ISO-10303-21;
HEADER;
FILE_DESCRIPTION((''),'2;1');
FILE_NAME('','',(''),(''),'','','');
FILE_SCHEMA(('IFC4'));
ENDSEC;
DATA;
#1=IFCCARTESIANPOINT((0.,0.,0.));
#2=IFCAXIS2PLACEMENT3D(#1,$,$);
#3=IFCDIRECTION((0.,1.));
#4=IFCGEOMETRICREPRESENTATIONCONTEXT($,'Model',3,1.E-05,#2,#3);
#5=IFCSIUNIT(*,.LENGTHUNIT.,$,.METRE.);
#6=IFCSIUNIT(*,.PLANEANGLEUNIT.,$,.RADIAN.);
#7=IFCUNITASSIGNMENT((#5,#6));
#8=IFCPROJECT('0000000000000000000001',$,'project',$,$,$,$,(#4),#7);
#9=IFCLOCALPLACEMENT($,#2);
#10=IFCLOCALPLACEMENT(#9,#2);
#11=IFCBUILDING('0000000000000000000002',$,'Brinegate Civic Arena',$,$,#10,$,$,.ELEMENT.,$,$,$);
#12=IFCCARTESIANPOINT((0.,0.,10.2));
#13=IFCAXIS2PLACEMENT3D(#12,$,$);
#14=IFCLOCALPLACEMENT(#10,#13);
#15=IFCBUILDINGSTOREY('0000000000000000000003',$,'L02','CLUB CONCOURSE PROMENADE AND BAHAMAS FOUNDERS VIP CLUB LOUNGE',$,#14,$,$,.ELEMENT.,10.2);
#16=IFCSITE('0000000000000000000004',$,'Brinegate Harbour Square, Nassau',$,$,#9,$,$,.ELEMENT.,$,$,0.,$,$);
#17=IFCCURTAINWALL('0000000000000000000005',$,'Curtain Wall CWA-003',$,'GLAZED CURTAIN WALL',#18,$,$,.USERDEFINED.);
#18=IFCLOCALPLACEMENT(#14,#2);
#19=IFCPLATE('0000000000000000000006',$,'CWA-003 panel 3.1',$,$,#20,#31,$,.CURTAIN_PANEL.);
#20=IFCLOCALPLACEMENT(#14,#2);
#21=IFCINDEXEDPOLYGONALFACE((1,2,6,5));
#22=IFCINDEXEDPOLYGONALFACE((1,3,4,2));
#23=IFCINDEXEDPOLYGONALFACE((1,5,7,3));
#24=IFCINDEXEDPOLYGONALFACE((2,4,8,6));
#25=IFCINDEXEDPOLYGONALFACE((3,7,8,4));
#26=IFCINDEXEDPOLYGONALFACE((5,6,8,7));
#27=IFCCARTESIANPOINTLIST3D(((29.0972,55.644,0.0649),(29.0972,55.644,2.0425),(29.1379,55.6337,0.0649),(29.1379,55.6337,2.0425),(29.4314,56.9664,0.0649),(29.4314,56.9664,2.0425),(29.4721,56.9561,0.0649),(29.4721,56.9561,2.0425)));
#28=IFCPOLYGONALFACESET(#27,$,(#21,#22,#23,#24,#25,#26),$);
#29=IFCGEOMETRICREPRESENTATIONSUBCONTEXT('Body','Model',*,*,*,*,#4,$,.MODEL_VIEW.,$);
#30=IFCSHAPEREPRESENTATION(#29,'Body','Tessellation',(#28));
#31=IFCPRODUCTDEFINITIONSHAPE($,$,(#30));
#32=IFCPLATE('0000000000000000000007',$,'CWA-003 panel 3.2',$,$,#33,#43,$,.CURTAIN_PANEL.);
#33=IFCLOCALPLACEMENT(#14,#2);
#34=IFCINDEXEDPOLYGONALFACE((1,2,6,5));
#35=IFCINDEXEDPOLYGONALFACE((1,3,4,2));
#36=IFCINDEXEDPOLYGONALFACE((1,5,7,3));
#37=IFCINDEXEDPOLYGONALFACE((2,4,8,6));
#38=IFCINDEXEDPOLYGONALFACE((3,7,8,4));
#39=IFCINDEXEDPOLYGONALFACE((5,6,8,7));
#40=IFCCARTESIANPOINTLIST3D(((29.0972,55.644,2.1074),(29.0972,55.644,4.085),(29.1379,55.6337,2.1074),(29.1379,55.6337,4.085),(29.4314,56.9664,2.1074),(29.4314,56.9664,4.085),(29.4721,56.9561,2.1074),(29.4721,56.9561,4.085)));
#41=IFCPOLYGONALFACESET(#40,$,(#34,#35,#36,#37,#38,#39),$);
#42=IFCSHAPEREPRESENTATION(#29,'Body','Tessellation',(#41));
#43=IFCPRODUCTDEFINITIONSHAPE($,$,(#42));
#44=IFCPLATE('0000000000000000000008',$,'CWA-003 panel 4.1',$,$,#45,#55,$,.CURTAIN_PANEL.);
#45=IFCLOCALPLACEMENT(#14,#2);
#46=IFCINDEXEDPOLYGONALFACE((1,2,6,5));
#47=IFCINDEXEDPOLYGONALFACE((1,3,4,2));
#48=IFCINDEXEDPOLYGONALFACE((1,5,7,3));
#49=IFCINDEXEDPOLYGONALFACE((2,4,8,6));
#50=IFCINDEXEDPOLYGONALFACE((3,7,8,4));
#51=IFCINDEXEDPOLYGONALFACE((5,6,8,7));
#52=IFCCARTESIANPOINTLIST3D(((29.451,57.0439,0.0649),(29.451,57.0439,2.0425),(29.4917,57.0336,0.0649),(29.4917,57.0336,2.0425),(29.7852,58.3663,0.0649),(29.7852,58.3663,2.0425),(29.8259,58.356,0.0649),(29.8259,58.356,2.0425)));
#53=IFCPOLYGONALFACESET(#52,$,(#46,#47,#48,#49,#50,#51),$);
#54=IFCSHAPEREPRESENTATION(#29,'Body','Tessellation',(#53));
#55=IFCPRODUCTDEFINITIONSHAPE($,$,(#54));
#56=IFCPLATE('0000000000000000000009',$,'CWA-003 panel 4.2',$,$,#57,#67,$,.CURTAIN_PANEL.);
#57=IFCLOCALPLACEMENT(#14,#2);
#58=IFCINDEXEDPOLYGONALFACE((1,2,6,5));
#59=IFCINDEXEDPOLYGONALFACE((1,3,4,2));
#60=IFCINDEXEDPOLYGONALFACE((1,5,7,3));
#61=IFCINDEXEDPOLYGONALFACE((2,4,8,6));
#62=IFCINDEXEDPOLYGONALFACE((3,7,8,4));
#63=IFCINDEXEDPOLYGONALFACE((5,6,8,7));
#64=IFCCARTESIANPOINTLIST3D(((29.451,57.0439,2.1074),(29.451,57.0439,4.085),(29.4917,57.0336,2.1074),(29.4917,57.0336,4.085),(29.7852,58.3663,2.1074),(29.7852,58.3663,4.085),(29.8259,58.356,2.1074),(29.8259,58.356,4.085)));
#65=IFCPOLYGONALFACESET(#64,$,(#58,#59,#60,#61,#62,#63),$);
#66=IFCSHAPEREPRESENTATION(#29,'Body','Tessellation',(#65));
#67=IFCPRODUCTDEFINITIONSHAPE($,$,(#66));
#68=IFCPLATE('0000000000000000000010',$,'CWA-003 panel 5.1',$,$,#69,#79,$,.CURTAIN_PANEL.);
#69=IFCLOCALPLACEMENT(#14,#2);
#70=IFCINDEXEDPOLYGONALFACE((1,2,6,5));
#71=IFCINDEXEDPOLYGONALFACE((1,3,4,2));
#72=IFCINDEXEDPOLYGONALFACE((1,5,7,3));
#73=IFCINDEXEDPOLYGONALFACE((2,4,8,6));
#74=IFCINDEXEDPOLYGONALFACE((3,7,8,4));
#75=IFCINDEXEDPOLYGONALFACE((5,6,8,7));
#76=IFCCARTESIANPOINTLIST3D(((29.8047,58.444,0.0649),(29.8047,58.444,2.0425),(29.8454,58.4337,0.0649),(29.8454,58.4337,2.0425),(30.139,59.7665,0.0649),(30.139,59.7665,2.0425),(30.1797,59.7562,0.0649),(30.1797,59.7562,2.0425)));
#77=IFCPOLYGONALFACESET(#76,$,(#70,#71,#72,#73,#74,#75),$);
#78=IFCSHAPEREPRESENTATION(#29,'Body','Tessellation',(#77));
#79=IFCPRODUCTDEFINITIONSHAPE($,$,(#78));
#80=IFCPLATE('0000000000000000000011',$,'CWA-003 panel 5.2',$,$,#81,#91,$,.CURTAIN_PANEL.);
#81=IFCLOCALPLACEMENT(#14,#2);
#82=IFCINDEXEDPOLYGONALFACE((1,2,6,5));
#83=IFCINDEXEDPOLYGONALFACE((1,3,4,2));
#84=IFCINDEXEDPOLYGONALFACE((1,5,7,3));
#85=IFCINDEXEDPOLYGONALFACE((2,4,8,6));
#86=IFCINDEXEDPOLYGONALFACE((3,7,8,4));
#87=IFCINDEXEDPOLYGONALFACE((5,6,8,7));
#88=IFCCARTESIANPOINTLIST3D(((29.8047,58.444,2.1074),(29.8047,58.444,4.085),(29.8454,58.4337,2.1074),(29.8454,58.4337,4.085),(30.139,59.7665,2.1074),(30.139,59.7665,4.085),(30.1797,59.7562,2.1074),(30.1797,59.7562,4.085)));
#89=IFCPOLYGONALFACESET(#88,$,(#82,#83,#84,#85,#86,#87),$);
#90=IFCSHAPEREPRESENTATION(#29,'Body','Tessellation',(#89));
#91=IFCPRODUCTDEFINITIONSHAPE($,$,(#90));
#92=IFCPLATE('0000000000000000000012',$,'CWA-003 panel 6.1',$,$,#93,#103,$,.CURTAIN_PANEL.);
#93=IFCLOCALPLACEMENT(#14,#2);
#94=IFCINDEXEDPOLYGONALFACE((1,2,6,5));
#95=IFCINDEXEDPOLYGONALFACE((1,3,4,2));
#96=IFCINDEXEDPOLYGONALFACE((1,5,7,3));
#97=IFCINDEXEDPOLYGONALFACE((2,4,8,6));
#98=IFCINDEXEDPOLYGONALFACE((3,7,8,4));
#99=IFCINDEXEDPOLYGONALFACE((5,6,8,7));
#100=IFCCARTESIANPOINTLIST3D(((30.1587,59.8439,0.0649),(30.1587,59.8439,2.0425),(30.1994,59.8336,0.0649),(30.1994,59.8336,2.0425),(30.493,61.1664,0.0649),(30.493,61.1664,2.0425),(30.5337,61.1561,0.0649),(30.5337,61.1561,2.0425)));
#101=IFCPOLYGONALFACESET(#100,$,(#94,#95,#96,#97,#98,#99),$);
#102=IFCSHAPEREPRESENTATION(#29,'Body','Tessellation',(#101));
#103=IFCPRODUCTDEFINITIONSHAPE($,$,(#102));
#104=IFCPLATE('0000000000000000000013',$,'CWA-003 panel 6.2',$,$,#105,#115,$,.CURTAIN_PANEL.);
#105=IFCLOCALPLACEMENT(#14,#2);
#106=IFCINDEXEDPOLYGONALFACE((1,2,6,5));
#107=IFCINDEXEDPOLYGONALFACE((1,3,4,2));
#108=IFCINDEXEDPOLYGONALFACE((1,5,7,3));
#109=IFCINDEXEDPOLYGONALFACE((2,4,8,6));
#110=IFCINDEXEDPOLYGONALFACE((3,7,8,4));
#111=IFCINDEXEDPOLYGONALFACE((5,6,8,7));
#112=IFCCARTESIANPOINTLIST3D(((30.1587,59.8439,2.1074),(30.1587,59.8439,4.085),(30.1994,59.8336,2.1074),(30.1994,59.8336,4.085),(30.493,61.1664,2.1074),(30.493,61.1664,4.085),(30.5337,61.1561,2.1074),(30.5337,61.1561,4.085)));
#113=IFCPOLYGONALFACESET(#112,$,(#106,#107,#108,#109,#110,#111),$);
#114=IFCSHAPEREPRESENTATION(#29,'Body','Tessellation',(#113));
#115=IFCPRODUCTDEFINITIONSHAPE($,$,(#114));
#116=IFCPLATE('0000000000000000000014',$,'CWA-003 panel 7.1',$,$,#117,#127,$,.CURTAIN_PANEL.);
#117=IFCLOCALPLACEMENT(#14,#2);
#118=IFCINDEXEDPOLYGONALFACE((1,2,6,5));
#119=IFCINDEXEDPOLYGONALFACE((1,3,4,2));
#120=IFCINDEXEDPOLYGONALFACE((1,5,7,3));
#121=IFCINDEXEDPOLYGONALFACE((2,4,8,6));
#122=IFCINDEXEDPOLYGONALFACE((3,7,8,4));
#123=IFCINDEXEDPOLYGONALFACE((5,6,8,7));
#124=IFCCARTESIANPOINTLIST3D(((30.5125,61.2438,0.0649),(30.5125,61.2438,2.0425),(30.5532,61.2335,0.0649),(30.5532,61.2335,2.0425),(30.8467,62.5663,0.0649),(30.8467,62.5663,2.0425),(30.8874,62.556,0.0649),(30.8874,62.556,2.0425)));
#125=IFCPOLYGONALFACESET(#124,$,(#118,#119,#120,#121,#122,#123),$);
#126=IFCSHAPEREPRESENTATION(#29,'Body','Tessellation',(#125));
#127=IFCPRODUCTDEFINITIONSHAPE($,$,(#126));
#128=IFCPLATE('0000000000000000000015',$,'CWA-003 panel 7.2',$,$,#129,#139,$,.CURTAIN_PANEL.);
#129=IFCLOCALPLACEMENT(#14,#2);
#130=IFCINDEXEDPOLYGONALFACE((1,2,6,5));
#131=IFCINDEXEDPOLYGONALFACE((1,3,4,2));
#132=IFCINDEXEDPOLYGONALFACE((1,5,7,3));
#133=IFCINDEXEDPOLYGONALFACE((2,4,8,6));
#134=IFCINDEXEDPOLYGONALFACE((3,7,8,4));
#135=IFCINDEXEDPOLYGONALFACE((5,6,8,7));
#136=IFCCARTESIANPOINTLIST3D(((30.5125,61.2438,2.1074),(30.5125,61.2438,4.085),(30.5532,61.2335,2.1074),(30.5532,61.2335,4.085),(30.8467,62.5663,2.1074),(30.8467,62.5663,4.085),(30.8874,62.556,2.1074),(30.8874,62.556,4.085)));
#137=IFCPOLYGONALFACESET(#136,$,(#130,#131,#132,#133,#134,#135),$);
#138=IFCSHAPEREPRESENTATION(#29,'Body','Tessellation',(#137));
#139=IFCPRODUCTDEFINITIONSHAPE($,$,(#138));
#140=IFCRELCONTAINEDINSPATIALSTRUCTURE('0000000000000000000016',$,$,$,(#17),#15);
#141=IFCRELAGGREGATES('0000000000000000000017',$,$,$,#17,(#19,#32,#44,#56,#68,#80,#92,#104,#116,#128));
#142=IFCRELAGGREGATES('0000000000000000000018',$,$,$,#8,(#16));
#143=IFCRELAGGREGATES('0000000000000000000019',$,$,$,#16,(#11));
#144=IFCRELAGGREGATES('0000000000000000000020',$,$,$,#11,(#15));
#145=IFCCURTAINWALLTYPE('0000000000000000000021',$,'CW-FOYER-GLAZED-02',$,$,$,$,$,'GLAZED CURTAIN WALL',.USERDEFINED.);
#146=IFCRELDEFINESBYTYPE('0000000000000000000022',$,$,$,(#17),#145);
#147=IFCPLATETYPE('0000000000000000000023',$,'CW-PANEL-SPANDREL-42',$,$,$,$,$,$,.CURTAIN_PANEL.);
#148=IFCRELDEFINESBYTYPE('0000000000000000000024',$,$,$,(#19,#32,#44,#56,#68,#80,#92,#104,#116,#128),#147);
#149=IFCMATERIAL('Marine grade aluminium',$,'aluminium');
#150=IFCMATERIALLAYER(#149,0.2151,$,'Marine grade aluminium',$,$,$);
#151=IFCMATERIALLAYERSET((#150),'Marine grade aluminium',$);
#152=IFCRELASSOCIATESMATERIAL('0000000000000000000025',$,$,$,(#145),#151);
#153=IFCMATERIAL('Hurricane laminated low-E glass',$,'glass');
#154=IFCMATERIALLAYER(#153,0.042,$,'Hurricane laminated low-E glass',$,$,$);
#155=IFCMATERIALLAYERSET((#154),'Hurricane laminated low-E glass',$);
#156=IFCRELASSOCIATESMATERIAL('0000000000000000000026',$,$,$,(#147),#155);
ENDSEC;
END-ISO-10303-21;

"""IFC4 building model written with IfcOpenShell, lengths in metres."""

from ifc_helpers import new_model, si_unit, direction, frame, origin, origin_2d, place, context, subcontext, project, spatial, rectangle, extrude, material, layer, layer_set, type_object, element, aggregate, save


model = new_model("IFC4")

# Units and contexts
model_context = context("Model", 3, precision=1e-05, world=origin(), true_north=direction((0.0, 1.0)))
body_context = subcontext(model_context, "Body", "Model", "MODEL_VIEW")
ifc_project = project(units=[si_unit("LENGTHUNIT", "METRE"), si_unit("PLANEANGLEUNIT", "RADIAN")], contexts=[model_context])

# Site, building, storey
site_placement = place(None, origin())
site = spatial("IfcSite", under=ifc_project, at=site_placement, Name="Brinegate Harbour Square, Nassau", CompositionType="ELEMENT", RefElevation=0.0)
building_placement = place(site_placement, origin())
building = spatial("IfcBuilding", under=site, at=building_placement, Name="Brinegate Civic Arena", CompositionType="ELEMENT")
storey_placement = place(building_placement, frame((0.0, 0.0, 10.2)))
storey = spatial("IfcBuildingStorey", under=building, at=storey_placement, Name="L02", Description="CLUB CONCOURSE PROMENADE AND BAHAMAS FOUNDERS VIP CLUB LOUNGE", CompositionType="ELEMENT", Elevation=10.2)

# Curtain wall, plates
ifc_material_1 = material(Name="Marine grade aluminium", Category="aluminium")
ifc_layer_1 = layer(ifc_material_1, 0.2151, Name="Marine grade aluminium")
ifc_layer_set_1 = layer_set([ifc_layer_1], Name="Marine grade aluminium")
curtain_wall_type = type_object("IfcCurtainWallType", Name="CW-FOYER-GLAZED-02", ElementType="GLAZED CURTAIN WALL", PredefinedType="USERDEFINED", material=ifc_layer_set_1)
curtain_wall_placement = place(storey_placement, origin())
curtain_wall = element("IfcCurtainWall", 1, at=curtain_wall_placement, inside=storey, type_object=curtain_wall_type, Name="Curtain Wall CWA-003", ObjectType="GLAZED CURTAIN WALL", PredefinedType="USERDEFINED")
ifc_material_2 = material(Name="Hurricane laminated low-E glass", Category="glass")
ifc_layer_2 = layer(ifc_material_2, 0.042, Name="Hurricane laminated low-E glass")
ifc_layer_set_2 = layer_set([ifc_layer_2], Name="Hurricane laminated low-E glass")
plate_type = type_object("IfcPlateType", Name="CW-PANEL-SPANDREL-42", PredefinedType="CURTAIN_PANEL", material=ifc_layer_set_2)
plate_1_placement = place(storey_placement, frame((29.2847, 56.3, 0.0649), z_axis=(0.0, 0.0, 1.0), x_axis=(0.245042, 0.969513, 0.0)))
plate_1 = element("IfcPlate", 2, at=plate_1_placement, type_object=plate_type, Name="CWA-003 panel 3.1", PredefinedType="CURTAIN_PANEL", context=body_context, shape_type="SweptSolid", body=[
    extrude(rectangle(XDim=1.364, YDim=0.042, at=origin_2d()), origin(), (0.0, 0.0, 1.0), 1.9775),
])
plate_2_placement = place(storey_placement, frame((29.2847, 56.3, 2.1074), z_axis=(0.0, 0.0, 1.0), x_axis=(0.245042, 0.969513, 0.0)))
plate_2 = element("IfcPlate", 3, at=plate_2_placement, type_object=plate_type, Name="CWA-003 panel 3.2", PredefinedType="CURTAIN_PANEL", context=body_context, shape_type="SweptSolid", body=[
    extrude(rectangle(XDim=1.364, YDim=0.042, at=origin_2d()), origin(), (0.0, 0.0, 1.0), 1.9775),
])
plate_3_placement = place(storey_placement, frame((29.6384, 57.7, 0.0649), z_axis=(0.0, 0.0, 1.0), x_axis=(0.245042, 0.969513, 0.0)))
plate_3 = element("IfcPlate", 4, at=plate_3_placement, type_object=plate_type, Name="CWA-003 panel 4.1", PredefinedType="CURTAIN_PANEL", context=body_context, shape_type="SweptSolid", body=[
    extrude(rectangle(XDim=1.364, YDim=0.042, at=origin_2d()), origin(), (0.0, 0.0, 1.0), 1.9775),
])
plate_4_placement = place(storey_placement, frame((29.6384, 57.7, 2.1074), z_axis=(0.0, 0.0, 1.0), x_axis=(0.245042, 0.969513, 0.0)))
plate_4 = element("IfcPlate", 5, at=plate_4_placement, type_object=plate_type, Name="CWA-003 panel 4.2", PredefinedType="CURTAIN_PANEL", context=body_context, shape_type="SweptSolid", body=[
    extrude(rectangle(XDim=1.364, YDim=0.042, at=origin_2d()), origin(), (0.0, 0.0, 1.0), 1.9775),
])
plate_5_placement = place(storey_placement, frame((29.9922, 59.1001, 0.0649), z_axis=(0.0, 0.0, 1.0), x_axis=(0.245042, 0.969513, 0.0)))
plate_5 = element("IfcPlate", 6, at=plate_5_placement, type_object=plate_type, Name="CWA-003 panel 5.1", PredefinedType="CURTAIN_PANEL", context=body_context, shape_type="SweptSolid", body=[
    extrude(rectangle(XDim=1.364, YDim=0.042, at=origin_2d()), origin(), (0.0, 0.0, 1.0), 1.9775),
])
plate_6_placement = place(storey_placement, frame((29.9922, 59.1001, 2.1074), z_axis=(0.0, 0.0, 1.0), x_axis=(0.245042, 0.969513, 0.0)))
plate_6 = element("IfcPlate", 7, at=plate_6_placement, type_object=plate_type, Name="CWA-003 panel 5.2", PredefinedType="CURTAIN_PANEL", context=body_context, shape_type="SweptSolid", body=[
    extrude(rectangle(XDim=1.364, YDim=0.042, at=origin_2d()), origin(), (0.0, 0.0, 1.0), 1.9775),
])
plate_7_placement = place(storey_placement, frame((30.3462, 60.5, 0.0649), z_axis=(0.0, 0.0, 1.0), x_axis=(0.245042, 0.969513, 0.0)))
plate_7 = element("IfcPlate", 8, at=plate_7_placement, type_object=plate_type, Name="CWA-003 panel 6.1", PredefinedType="CURTAIN_PANEL", context=body_context, shape_type="SweptSolid", body=[
    extrude(rectangle(XDim=1.364, YDim=0.042, at=origin_2d()), origin(), (0.0, 0.0, 1.0), 1.9775),
])
plate_8_placement = place(storey_placement, frame((30.3462, 60.5, 2.1074), z_axis=(0.0, 0.0, 1.0), x_axis=(0.245042, 0.969513, 0.0)))
plate_8 = element("IfcPlate", 9, at=plate_8_placement, type_object=plate_type, Name="CWA-003 panel 6.2", PredefinedType="CURTAIN_PANEL", context=body_context, shape_type="SweptSolid", body=[
    extrude(rectangle(XDim=1.364, YDim=0.042, at=origin_2d()), origin(), (0.0, 0.0, 1.0), 1.9775),
])
plate_9_placement = place(storey_placement, frame((30.7, 61.8999, 0.0649), z_axis=(0.0, 0.0, 1.0), x_axis=(0.245042, 0.969513, 0.0)))
plate_9 = element("IfcPlate", 10, at=plate_9_placement, type_object=plate_type, Name="CWA-003 panel 7.1", PredefinedType="CURTAIN_PANEL", context=body_context, shape_type="SweptSolid", body=[
    extrude(rectangle(XDim=1.364, YDim=0.042, at=origin_2d()), origin(), (0.0, 0.0, 1.0), 1.9775),
])
plate_10_placement = place(storey_placement, frame((30.7, 61.8999, 2.1074), z_axis=(0.0, 0.0, 1.0), x_axis=(0.245042, 0.969513, 0.0)))
plate_10 = element("IfcPlate", 11, at=plate_10_placement, type_object=plate_type, Name="CWA-003 panel 7.2", PredefinedType="CURTAIN_PANEL", context=body_context, shape_type="SweptSolid", body=[
    extrude(rectangle(XDim=1.364, YDim=0.042, at=origin_2d()), origin(), (0.0, 0.0, 1.0), 1.9775),
])
aggregate(curtain_wall, [plate_1, plate_2, plate_3, plate_4, plate_5, plate_6, plate_7, plate_8, plate_9, plate_10])

save(model, "model.ifc")
